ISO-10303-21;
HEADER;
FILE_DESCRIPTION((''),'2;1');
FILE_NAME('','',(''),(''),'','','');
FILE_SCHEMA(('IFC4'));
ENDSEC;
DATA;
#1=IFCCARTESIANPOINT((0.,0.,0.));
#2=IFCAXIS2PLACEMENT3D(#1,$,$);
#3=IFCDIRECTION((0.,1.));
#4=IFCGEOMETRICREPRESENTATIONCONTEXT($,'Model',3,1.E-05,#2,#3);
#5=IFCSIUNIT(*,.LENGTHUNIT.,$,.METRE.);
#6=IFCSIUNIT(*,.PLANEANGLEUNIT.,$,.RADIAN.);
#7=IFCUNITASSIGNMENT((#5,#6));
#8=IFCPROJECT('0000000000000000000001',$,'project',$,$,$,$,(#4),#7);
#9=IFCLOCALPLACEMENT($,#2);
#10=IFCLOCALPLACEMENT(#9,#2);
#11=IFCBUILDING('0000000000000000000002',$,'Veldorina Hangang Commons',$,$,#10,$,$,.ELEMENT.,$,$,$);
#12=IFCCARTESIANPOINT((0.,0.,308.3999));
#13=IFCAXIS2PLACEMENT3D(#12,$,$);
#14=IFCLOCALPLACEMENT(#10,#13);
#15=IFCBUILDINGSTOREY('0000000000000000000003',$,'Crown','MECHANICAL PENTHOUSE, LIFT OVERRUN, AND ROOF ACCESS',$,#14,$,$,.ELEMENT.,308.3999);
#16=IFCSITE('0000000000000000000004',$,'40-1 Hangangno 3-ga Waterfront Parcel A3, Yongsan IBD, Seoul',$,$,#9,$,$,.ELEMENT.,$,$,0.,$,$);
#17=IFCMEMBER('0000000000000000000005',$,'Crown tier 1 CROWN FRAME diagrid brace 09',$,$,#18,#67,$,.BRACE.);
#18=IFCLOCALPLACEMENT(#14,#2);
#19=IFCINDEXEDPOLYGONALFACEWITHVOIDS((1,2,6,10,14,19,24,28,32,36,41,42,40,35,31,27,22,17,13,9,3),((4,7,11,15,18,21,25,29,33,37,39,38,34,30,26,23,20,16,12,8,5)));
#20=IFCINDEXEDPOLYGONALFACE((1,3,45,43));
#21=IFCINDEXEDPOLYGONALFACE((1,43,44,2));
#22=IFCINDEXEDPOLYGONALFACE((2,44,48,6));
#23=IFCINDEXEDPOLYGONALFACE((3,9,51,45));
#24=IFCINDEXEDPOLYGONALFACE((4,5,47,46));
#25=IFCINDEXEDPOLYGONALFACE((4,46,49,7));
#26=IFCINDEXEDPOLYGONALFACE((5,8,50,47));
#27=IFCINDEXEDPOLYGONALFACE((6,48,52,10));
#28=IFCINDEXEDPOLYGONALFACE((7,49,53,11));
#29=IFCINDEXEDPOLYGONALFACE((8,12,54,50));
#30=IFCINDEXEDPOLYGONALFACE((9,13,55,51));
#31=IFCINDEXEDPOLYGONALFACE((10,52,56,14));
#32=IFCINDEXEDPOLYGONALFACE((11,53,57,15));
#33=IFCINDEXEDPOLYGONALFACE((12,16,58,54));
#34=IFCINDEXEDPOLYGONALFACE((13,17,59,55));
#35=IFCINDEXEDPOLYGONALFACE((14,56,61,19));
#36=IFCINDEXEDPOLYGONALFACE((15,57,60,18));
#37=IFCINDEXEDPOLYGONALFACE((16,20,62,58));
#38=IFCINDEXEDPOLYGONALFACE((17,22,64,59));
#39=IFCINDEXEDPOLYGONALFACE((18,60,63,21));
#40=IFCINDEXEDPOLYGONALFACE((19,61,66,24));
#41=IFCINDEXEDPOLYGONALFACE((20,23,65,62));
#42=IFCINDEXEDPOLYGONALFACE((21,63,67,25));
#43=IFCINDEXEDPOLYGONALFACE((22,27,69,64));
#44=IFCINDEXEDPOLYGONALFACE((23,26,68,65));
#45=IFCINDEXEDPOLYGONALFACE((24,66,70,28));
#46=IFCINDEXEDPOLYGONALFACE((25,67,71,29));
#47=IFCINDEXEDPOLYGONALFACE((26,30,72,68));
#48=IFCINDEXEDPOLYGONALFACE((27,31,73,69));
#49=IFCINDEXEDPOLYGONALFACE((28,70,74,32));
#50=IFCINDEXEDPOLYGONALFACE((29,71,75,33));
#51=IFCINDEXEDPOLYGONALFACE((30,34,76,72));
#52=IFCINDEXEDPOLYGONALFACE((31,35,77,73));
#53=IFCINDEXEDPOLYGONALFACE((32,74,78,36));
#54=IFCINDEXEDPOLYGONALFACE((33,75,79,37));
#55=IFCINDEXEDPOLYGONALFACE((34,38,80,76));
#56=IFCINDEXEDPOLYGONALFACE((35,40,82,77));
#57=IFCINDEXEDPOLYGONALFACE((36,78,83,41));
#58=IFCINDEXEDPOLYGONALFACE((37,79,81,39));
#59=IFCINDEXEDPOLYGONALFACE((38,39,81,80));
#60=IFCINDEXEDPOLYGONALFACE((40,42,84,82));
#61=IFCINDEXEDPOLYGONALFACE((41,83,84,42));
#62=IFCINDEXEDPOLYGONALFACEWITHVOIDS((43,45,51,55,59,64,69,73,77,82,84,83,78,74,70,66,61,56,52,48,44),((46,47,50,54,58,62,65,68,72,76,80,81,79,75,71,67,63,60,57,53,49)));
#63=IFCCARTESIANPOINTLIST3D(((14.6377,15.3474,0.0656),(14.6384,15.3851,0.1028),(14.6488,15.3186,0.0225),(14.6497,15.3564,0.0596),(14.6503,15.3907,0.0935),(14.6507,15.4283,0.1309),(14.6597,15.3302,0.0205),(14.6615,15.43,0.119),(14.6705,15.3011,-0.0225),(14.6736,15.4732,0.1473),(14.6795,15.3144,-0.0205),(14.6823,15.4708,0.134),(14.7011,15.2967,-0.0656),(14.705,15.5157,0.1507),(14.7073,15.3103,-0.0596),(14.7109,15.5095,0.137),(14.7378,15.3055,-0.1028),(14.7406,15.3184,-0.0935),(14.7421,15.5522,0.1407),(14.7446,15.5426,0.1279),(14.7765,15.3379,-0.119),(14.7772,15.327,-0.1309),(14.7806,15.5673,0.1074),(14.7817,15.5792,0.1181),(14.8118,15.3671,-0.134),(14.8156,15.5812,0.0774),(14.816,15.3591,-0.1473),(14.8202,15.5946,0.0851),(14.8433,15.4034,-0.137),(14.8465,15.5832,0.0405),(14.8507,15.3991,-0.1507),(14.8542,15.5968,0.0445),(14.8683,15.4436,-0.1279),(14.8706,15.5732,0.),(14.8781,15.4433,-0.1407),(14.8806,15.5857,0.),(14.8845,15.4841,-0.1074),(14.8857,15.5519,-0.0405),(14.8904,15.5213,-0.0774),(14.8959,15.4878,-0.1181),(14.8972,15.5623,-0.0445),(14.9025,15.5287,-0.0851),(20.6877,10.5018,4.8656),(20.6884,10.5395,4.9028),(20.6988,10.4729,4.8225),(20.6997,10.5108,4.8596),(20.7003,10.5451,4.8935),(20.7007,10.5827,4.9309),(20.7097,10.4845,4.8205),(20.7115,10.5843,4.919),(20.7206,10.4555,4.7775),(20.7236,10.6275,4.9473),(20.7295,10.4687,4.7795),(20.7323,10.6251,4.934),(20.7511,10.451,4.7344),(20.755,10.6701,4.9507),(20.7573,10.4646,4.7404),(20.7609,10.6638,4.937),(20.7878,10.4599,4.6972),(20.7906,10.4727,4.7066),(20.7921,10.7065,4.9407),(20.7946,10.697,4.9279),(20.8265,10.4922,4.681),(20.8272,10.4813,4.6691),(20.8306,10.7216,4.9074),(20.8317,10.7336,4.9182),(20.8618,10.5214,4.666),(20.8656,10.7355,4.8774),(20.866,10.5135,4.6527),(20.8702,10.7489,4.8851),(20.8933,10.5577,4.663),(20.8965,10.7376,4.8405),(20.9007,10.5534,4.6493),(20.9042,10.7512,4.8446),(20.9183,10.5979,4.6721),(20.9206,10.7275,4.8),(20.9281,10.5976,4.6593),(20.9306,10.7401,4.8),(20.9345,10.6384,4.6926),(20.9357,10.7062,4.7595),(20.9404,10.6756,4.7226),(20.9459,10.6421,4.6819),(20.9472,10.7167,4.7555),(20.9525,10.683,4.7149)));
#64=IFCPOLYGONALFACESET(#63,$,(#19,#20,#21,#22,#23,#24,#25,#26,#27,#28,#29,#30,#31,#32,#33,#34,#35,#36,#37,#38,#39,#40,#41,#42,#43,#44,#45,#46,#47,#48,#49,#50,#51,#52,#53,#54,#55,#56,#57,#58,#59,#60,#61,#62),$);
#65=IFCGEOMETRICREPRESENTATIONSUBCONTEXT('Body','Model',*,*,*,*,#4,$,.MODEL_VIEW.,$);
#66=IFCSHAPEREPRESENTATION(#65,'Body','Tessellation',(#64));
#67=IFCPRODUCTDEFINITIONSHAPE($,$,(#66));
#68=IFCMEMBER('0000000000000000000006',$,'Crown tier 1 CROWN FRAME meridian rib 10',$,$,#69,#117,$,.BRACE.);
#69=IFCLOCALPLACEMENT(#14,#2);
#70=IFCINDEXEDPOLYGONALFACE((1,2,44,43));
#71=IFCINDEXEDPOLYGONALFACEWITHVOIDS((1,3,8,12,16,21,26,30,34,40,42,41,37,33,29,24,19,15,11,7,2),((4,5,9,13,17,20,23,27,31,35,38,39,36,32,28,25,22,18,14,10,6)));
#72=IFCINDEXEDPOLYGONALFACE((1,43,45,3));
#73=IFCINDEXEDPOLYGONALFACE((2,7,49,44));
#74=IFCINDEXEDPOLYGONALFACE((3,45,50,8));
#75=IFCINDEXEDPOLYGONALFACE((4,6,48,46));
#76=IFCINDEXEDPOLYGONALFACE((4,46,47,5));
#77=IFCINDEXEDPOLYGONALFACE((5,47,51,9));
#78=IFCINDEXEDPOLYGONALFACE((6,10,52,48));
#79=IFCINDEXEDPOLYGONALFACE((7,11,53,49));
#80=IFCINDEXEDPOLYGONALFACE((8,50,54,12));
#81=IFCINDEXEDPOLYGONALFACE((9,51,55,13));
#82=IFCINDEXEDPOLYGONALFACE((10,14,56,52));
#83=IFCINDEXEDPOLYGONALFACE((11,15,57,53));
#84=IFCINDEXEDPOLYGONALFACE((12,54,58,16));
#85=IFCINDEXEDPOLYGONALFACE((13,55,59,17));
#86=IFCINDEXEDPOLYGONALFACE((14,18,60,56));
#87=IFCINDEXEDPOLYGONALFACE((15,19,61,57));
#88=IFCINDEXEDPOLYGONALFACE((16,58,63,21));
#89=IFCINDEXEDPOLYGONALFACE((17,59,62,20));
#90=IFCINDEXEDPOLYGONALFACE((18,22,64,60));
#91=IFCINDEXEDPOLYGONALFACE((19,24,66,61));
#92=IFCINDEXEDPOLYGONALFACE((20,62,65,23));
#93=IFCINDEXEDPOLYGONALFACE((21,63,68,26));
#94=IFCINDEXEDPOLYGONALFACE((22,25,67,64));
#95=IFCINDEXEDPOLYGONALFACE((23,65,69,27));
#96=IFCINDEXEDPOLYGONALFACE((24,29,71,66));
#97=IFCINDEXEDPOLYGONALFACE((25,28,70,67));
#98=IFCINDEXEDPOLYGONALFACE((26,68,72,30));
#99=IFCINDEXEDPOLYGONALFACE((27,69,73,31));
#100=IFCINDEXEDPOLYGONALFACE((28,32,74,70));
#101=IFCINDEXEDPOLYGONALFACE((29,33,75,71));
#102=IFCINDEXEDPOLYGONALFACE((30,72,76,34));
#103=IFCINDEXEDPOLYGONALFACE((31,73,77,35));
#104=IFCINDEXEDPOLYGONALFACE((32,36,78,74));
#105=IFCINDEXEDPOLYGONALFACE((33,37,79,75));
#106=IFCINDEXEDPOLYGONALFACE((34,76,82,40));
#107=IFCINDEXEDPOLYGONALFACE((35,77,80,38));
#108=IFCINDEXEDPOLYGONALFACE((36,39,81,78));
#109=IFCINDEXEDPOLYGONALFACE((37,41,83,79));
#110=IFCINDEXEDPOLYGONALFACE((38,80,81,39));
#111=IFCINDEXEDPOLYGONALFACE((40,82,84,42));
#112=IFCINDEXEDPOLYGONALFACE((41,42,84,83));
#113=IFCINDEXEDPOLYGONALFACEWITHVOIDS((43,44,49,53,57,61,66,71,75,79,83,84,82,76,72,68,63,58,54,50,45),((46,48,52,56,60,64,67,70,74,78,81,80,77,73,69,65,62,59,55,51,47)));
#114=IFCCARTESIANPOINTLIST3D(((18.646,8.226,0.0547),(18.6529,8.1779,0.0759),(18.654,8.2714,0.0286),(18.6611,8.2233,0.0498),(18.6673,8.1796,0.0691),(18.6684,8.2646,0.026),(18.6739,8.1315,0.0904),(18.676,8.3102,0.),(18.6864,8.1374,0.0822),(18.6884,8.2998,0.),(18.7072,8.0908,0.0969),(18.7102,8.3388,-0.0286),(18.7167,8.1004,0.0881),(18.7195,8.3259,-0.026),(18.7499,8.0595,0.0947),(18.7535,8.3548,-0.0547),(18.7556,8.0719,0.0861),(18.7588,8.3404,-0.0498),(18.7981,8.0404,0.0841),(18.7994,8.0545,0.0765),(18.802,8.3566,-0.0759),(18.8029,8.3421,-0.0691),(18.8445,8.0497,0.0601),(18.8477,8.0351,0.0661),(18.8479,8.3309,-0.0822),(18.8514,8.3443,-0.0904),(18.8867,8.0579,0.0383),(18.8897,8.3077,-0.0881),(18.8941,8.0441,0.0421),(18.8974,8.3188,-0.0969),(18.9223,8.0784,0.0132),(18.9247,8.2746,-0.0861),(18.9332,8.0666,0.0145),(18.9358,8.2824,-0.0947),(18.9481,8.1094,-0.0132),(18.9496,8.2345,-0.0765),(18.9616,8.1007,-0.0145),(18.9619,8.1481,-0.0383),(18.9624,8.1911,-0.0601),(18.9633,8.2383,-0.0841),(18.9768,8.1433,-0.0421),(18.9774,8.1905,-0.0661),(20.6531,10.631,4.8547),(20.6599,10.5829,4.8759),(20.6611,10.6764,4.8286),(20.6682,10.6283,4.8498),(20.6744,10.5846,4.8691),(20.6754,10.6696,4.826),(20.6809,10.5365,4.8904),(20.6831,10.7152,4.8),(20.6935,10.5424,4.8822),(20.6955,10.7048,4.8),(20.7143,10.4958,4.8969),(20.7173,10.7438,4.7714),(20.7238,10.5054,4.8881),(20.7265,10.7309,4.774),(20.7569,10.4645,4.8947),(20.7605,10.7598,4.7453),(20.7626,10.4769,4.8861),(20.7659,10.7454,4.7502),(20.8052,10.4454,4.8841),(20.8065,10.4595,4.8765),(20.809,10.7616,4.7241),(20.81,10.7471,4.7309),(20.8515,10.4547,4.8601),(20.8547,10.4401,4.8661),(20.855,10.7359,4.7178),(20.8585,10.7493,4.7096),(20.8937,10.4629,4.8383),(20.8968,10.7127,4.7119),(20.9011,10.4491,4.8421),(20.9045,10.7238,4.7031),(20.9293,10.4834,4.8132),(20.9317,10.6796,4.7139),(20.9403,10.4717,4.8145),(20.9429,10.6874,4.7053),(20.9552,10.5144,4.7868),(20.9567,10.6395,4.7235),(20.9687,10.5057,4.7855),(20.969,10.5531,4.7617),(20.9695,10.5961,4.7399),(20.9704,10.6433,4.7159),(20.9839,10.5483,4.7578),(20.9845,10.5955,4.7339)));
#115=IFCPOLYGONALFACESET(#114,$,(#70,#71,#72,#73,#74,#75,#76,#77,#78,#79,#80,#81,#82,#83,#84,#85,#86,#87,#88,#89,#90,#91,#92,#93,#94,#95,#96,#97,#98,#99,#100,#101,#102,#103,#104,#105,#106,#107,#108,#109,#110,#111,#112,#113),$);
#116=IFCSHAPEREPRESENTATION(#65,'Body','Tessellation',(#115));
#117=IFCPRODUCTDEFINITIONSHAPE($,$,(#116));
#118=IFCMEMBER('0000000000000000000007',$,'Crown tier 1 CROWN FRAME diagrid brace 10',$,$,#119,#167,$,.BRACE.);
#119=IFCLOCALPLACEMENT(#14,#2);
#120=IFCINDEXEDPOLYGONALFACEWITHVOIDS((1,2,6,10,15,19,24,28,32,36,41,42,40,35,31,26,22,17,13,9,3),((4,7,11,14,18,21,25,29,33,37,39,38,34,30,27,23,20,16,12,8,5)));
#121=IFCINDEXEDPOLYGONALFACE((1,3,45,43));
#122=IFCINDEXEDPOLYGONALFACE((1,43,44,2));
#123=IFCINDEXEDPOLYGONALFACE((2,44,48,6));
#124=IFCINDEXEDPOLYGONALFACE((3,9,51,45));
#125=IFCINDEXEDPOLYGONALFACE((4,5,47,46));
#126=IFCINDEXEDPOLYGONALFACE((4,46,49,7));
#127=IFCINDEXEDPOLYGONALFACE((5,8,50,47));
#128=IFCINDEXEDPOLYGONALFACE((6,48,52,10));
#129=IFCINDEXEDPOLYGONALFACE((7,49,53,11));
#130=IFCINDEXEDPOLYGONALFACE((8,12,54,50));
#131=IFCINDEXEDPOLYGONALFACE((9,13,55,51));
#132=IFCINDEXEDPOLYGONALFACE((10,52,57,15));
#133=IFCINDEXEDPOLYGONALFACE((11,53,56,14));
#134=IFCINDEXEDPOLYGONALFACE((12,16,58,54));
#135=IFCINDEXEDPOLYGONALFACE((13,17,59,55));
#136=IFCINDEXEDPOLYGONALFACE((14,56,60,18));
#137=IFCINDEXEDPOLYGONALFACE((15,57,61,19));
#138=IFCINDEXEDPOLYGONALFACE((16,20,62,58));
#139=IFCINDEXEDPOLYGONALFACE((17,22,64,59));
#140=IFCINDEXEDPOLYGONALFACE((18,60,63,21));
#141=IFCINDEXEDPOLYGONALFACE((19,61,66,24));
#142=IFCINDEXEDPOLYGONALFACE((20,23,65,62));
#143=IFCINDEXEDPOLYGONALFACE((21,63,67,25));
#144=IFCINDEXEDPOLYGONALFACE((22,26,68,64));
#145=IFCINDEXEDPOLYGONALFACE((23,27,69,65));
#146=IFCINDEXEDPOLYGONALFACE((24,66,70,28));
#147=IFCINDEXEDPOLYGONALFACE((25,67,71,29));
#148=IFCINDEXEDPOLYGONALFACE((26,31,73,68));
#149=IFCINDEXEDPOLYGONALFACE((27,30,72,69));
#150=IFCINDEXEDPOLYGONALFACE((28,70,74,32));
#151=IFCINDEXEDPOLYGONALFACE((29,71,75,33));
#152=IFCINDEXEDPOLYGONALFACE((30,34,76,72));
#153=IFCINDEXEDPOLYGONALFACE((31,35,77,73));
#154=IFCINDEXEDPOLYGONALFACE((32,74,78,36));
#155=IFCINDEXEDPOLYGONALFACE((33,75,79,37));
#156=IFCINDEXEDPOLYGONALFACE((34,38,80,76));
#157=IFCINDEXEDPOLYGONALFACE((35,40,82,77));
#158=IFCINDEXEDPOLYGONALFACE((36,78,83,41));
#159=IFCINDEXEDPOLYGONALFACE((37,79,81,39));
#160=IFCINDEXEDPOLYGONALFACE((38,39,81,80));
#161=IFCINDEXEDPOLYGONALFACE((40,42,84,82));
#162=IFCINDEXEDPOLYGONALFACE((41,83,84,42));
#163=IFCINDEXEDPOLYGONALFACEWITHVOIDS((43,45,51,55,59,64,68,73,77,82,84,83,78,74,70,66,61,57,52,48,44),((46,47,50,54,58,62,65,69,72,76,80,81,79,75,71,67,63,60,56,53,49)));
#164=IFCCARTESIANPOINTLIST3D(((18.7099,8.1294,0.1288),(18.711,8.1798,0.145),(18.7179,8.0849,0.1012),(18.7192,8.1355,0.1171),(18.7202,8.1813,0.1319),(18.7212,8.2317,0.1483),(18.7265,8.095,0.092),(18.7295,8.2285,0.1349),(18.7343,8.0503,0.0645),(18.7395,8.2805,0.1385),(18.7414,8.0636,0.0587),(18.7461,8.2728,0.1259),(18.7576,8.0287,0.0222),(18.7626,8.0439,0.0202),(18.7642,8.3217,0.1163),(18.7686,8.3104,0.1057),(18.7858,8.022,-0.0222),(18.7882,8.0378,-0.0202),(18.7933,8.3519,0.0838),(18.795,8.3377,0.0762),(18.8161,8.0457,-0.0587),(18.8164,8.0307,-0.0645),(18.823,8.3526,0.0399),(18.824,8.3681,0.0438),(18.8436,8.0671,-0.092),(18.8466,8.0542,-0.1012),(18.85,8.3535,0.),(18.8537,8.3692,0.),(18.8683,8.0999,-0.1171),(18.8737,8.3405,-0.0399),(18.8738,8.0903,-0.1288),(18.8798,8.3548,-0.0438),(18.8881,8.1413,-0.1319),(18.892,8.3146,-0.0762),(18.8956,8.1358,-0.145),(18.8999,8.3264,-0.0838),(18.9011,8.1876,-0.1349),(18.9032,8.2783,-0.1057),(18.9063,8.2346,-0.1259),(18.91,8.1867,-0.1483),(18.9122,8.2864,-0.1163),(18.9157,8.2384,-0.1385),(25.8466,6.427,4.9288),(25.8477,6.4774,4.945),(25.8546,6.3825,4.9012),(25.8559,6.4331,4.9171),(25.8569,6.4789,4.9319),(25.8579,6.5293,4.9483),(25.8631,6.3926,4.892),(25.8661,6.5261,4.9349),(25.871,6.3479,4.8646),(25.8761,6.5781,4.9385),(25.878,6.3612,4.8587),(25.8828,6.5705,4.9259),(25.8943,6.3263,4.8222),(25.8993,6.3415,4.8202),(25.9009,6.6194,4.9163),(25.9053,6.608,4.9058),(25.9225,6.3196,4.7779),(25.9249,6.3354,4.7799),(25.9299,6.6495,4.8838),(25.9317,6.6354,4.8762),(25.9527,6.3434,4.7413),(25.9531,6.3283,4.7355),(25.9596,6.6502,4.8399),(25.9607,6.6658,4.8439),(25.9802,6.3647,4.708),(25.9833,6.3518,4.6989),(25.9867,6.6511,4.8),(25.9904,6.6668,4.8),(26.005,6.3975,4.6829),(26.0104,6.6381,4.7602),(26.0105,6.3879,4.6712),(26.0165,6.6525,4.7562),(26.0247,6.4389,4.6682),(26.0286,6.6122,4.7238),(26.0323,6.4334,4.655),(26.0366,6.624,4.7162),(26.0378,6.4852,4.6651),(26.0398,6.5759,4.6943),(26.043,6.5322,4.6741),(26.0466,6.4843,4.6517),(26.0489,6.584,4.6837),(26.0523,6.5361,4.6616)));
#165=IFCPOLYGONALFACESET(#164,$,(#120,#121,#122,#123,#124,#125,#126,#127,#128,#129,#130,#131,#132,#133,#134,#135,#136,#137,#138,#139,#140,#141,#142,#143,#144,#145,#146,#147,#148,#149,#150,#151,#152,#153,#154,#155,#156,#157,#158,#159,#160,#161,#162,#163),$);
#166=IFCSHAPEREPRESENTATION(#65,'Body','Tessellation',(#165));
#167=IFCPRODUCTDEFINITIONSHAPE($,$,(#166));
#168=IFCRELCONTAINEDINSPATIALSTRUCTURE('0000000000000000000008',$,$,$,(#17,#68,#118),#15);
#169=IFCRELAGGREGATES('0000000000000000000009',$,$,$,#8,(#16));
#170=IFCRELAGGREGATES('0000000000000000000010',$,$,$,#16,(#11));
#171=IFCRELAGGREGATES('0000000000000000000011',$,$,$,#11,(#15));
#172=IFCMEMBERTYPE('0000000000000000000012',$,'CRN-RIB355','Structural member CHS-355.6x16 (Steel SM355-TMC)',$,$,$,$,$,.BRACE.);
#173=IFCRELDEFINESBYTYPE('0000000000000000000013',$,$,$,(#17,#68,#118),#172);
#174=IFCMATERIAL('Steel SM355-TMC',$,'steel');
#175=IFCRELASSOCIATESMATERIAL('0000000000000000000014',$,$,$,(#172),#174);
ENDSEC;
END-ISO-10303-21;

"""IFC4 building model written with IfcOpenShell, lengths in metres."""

from ifc_helpers import new_model, si_unit, direction, frame, origin, origin_2d, place, context, subcontext, project, spatial, hollow_circle, extrude, material, material_profile, profile_set, type_object, element, save


model = new_model("IFC4")

# Units and contexts
model_context = context("Model", 3, precision=1e-05, world=origin(), true_north=direction((0.0, 1.0)))
body_context = subcontext(model_context, "Body", "Model", "MODEL_VIEW")
ifc_project = project(units=[si_unit("LENGTHUNIT", "METRE"), si_unit("PLANEANGLEUNIT", "RADIAN")], contexts=[model_context])

# Site, building, storey
site_placement = place(None, origin())
site = spatial("IfcSite", under=ifc_project, at=site_placement, Name="40-1 Hangangno 3-ga Waterfront Parcel A3, Yongsan IBD, Seoul", CompositionType="ELEMENT", RefElevation=0.0)
building_placement = place(site_placement, origin())
building = spatial("IfcBuilding", under=site, at=building_placement, Name="Veldorina Hangang Commons", CompositionType="ELEMENT")
storey_placement = place(building_placement, frame((0.0, 0.0, 308.3999)))
storey = spatial("IfcBuildingStorey", under=building, at=storey_placement, Name="Crown", Description="MECHANICAL PENTHOUSE, LIFT OVERRUN, AND ROOF ACCESS", CompositionType="ELEMENT", Elevation=308.3999)

# Members
ifc_material_1 = material(Name="Steel SM355-TMC", Category="steel")
ifc_material_profile_1 = material_profile(ifc_material_1, hollow_circle(Radius=0.1777, WallThickness=0.0161, at=origin_2d()), Name="CHS-355.6x16")
ifc_profile_set_1 = profile_set([ifc_material_profile_1], Name="Steel SM355-TMC")
member_type_1 = type_object("IfcMemberType", Name="CRN-RIB355", Description="Structural member CHS-355.6x16 (Steel SM355-TMC)", PredefinedType="BRACE", material=ifc_profile_set_1)
member_1_placement = place(storey_placement, frame((14.7695, 15.447, 0.0), z_axis=(0.663582, -0.531487, 0.526479), x_axis=(0.625141, 0.780512, 0.0)))
element("IfcMember", 1, at=member_1_placement, inside=storey, type_object=member_type_1, Name="Crown tier 1 CROWN FRAME diagrid brace 09", PredefinedType="BRACE", context=body_context, shape_type="SweptSolid", body=[
    extrude(hollow_circle(Radius=0.1777, WallThickness=0.0161, at=origin_2d()), origin(), (0.0, 0.0, 1.0), 9.1172),
])
member_2_placement = place(storey_placement, frame((18.8125, 8.1963, 0.0), z_axis=(0.350169, 0.419597, 0.837448), x_axis=(-0.767768, 0.640729, 0.0)))
element("IfcMember", 2, at=member_2_placement, inside=storey, type_object=member_type_1, Name="Crown tier 1 CROWN FRAME meridian rib 10", PredefinedType="BRACE", context=body_context, shape_type="SweptSolid", body=[
    extrude(hollow_circle(Radius=0.1777, WallThickness=0.0161, at=origin_2d()), origin(), (0.0, 0.0, 1.0), 5.7317),
])
member_3_placement = place(storey_placement, frame((18.8125, 8.1963, 0.0), z_axis=(0.813985, -0.194168, 0.547474), x_axis=(0.23203, 0.972709, 0.0)))
element("IfcMember", 3, at=member_3_placement, inside=storey, type_object=member_type_1, Name="Crown tier 1 CROWN FRAME diagrid brace 10", PredefinedType="BRACE", context=body_context, shape_type="SweptSolid", body=[
    extrude(hollow_circle(Radius=0.1777, WallThickness=0.0161, at=origin_2d()), origin(), (0.0, 0.0, 1.0), 8.7676),
])

save(model, "model.ifc")
